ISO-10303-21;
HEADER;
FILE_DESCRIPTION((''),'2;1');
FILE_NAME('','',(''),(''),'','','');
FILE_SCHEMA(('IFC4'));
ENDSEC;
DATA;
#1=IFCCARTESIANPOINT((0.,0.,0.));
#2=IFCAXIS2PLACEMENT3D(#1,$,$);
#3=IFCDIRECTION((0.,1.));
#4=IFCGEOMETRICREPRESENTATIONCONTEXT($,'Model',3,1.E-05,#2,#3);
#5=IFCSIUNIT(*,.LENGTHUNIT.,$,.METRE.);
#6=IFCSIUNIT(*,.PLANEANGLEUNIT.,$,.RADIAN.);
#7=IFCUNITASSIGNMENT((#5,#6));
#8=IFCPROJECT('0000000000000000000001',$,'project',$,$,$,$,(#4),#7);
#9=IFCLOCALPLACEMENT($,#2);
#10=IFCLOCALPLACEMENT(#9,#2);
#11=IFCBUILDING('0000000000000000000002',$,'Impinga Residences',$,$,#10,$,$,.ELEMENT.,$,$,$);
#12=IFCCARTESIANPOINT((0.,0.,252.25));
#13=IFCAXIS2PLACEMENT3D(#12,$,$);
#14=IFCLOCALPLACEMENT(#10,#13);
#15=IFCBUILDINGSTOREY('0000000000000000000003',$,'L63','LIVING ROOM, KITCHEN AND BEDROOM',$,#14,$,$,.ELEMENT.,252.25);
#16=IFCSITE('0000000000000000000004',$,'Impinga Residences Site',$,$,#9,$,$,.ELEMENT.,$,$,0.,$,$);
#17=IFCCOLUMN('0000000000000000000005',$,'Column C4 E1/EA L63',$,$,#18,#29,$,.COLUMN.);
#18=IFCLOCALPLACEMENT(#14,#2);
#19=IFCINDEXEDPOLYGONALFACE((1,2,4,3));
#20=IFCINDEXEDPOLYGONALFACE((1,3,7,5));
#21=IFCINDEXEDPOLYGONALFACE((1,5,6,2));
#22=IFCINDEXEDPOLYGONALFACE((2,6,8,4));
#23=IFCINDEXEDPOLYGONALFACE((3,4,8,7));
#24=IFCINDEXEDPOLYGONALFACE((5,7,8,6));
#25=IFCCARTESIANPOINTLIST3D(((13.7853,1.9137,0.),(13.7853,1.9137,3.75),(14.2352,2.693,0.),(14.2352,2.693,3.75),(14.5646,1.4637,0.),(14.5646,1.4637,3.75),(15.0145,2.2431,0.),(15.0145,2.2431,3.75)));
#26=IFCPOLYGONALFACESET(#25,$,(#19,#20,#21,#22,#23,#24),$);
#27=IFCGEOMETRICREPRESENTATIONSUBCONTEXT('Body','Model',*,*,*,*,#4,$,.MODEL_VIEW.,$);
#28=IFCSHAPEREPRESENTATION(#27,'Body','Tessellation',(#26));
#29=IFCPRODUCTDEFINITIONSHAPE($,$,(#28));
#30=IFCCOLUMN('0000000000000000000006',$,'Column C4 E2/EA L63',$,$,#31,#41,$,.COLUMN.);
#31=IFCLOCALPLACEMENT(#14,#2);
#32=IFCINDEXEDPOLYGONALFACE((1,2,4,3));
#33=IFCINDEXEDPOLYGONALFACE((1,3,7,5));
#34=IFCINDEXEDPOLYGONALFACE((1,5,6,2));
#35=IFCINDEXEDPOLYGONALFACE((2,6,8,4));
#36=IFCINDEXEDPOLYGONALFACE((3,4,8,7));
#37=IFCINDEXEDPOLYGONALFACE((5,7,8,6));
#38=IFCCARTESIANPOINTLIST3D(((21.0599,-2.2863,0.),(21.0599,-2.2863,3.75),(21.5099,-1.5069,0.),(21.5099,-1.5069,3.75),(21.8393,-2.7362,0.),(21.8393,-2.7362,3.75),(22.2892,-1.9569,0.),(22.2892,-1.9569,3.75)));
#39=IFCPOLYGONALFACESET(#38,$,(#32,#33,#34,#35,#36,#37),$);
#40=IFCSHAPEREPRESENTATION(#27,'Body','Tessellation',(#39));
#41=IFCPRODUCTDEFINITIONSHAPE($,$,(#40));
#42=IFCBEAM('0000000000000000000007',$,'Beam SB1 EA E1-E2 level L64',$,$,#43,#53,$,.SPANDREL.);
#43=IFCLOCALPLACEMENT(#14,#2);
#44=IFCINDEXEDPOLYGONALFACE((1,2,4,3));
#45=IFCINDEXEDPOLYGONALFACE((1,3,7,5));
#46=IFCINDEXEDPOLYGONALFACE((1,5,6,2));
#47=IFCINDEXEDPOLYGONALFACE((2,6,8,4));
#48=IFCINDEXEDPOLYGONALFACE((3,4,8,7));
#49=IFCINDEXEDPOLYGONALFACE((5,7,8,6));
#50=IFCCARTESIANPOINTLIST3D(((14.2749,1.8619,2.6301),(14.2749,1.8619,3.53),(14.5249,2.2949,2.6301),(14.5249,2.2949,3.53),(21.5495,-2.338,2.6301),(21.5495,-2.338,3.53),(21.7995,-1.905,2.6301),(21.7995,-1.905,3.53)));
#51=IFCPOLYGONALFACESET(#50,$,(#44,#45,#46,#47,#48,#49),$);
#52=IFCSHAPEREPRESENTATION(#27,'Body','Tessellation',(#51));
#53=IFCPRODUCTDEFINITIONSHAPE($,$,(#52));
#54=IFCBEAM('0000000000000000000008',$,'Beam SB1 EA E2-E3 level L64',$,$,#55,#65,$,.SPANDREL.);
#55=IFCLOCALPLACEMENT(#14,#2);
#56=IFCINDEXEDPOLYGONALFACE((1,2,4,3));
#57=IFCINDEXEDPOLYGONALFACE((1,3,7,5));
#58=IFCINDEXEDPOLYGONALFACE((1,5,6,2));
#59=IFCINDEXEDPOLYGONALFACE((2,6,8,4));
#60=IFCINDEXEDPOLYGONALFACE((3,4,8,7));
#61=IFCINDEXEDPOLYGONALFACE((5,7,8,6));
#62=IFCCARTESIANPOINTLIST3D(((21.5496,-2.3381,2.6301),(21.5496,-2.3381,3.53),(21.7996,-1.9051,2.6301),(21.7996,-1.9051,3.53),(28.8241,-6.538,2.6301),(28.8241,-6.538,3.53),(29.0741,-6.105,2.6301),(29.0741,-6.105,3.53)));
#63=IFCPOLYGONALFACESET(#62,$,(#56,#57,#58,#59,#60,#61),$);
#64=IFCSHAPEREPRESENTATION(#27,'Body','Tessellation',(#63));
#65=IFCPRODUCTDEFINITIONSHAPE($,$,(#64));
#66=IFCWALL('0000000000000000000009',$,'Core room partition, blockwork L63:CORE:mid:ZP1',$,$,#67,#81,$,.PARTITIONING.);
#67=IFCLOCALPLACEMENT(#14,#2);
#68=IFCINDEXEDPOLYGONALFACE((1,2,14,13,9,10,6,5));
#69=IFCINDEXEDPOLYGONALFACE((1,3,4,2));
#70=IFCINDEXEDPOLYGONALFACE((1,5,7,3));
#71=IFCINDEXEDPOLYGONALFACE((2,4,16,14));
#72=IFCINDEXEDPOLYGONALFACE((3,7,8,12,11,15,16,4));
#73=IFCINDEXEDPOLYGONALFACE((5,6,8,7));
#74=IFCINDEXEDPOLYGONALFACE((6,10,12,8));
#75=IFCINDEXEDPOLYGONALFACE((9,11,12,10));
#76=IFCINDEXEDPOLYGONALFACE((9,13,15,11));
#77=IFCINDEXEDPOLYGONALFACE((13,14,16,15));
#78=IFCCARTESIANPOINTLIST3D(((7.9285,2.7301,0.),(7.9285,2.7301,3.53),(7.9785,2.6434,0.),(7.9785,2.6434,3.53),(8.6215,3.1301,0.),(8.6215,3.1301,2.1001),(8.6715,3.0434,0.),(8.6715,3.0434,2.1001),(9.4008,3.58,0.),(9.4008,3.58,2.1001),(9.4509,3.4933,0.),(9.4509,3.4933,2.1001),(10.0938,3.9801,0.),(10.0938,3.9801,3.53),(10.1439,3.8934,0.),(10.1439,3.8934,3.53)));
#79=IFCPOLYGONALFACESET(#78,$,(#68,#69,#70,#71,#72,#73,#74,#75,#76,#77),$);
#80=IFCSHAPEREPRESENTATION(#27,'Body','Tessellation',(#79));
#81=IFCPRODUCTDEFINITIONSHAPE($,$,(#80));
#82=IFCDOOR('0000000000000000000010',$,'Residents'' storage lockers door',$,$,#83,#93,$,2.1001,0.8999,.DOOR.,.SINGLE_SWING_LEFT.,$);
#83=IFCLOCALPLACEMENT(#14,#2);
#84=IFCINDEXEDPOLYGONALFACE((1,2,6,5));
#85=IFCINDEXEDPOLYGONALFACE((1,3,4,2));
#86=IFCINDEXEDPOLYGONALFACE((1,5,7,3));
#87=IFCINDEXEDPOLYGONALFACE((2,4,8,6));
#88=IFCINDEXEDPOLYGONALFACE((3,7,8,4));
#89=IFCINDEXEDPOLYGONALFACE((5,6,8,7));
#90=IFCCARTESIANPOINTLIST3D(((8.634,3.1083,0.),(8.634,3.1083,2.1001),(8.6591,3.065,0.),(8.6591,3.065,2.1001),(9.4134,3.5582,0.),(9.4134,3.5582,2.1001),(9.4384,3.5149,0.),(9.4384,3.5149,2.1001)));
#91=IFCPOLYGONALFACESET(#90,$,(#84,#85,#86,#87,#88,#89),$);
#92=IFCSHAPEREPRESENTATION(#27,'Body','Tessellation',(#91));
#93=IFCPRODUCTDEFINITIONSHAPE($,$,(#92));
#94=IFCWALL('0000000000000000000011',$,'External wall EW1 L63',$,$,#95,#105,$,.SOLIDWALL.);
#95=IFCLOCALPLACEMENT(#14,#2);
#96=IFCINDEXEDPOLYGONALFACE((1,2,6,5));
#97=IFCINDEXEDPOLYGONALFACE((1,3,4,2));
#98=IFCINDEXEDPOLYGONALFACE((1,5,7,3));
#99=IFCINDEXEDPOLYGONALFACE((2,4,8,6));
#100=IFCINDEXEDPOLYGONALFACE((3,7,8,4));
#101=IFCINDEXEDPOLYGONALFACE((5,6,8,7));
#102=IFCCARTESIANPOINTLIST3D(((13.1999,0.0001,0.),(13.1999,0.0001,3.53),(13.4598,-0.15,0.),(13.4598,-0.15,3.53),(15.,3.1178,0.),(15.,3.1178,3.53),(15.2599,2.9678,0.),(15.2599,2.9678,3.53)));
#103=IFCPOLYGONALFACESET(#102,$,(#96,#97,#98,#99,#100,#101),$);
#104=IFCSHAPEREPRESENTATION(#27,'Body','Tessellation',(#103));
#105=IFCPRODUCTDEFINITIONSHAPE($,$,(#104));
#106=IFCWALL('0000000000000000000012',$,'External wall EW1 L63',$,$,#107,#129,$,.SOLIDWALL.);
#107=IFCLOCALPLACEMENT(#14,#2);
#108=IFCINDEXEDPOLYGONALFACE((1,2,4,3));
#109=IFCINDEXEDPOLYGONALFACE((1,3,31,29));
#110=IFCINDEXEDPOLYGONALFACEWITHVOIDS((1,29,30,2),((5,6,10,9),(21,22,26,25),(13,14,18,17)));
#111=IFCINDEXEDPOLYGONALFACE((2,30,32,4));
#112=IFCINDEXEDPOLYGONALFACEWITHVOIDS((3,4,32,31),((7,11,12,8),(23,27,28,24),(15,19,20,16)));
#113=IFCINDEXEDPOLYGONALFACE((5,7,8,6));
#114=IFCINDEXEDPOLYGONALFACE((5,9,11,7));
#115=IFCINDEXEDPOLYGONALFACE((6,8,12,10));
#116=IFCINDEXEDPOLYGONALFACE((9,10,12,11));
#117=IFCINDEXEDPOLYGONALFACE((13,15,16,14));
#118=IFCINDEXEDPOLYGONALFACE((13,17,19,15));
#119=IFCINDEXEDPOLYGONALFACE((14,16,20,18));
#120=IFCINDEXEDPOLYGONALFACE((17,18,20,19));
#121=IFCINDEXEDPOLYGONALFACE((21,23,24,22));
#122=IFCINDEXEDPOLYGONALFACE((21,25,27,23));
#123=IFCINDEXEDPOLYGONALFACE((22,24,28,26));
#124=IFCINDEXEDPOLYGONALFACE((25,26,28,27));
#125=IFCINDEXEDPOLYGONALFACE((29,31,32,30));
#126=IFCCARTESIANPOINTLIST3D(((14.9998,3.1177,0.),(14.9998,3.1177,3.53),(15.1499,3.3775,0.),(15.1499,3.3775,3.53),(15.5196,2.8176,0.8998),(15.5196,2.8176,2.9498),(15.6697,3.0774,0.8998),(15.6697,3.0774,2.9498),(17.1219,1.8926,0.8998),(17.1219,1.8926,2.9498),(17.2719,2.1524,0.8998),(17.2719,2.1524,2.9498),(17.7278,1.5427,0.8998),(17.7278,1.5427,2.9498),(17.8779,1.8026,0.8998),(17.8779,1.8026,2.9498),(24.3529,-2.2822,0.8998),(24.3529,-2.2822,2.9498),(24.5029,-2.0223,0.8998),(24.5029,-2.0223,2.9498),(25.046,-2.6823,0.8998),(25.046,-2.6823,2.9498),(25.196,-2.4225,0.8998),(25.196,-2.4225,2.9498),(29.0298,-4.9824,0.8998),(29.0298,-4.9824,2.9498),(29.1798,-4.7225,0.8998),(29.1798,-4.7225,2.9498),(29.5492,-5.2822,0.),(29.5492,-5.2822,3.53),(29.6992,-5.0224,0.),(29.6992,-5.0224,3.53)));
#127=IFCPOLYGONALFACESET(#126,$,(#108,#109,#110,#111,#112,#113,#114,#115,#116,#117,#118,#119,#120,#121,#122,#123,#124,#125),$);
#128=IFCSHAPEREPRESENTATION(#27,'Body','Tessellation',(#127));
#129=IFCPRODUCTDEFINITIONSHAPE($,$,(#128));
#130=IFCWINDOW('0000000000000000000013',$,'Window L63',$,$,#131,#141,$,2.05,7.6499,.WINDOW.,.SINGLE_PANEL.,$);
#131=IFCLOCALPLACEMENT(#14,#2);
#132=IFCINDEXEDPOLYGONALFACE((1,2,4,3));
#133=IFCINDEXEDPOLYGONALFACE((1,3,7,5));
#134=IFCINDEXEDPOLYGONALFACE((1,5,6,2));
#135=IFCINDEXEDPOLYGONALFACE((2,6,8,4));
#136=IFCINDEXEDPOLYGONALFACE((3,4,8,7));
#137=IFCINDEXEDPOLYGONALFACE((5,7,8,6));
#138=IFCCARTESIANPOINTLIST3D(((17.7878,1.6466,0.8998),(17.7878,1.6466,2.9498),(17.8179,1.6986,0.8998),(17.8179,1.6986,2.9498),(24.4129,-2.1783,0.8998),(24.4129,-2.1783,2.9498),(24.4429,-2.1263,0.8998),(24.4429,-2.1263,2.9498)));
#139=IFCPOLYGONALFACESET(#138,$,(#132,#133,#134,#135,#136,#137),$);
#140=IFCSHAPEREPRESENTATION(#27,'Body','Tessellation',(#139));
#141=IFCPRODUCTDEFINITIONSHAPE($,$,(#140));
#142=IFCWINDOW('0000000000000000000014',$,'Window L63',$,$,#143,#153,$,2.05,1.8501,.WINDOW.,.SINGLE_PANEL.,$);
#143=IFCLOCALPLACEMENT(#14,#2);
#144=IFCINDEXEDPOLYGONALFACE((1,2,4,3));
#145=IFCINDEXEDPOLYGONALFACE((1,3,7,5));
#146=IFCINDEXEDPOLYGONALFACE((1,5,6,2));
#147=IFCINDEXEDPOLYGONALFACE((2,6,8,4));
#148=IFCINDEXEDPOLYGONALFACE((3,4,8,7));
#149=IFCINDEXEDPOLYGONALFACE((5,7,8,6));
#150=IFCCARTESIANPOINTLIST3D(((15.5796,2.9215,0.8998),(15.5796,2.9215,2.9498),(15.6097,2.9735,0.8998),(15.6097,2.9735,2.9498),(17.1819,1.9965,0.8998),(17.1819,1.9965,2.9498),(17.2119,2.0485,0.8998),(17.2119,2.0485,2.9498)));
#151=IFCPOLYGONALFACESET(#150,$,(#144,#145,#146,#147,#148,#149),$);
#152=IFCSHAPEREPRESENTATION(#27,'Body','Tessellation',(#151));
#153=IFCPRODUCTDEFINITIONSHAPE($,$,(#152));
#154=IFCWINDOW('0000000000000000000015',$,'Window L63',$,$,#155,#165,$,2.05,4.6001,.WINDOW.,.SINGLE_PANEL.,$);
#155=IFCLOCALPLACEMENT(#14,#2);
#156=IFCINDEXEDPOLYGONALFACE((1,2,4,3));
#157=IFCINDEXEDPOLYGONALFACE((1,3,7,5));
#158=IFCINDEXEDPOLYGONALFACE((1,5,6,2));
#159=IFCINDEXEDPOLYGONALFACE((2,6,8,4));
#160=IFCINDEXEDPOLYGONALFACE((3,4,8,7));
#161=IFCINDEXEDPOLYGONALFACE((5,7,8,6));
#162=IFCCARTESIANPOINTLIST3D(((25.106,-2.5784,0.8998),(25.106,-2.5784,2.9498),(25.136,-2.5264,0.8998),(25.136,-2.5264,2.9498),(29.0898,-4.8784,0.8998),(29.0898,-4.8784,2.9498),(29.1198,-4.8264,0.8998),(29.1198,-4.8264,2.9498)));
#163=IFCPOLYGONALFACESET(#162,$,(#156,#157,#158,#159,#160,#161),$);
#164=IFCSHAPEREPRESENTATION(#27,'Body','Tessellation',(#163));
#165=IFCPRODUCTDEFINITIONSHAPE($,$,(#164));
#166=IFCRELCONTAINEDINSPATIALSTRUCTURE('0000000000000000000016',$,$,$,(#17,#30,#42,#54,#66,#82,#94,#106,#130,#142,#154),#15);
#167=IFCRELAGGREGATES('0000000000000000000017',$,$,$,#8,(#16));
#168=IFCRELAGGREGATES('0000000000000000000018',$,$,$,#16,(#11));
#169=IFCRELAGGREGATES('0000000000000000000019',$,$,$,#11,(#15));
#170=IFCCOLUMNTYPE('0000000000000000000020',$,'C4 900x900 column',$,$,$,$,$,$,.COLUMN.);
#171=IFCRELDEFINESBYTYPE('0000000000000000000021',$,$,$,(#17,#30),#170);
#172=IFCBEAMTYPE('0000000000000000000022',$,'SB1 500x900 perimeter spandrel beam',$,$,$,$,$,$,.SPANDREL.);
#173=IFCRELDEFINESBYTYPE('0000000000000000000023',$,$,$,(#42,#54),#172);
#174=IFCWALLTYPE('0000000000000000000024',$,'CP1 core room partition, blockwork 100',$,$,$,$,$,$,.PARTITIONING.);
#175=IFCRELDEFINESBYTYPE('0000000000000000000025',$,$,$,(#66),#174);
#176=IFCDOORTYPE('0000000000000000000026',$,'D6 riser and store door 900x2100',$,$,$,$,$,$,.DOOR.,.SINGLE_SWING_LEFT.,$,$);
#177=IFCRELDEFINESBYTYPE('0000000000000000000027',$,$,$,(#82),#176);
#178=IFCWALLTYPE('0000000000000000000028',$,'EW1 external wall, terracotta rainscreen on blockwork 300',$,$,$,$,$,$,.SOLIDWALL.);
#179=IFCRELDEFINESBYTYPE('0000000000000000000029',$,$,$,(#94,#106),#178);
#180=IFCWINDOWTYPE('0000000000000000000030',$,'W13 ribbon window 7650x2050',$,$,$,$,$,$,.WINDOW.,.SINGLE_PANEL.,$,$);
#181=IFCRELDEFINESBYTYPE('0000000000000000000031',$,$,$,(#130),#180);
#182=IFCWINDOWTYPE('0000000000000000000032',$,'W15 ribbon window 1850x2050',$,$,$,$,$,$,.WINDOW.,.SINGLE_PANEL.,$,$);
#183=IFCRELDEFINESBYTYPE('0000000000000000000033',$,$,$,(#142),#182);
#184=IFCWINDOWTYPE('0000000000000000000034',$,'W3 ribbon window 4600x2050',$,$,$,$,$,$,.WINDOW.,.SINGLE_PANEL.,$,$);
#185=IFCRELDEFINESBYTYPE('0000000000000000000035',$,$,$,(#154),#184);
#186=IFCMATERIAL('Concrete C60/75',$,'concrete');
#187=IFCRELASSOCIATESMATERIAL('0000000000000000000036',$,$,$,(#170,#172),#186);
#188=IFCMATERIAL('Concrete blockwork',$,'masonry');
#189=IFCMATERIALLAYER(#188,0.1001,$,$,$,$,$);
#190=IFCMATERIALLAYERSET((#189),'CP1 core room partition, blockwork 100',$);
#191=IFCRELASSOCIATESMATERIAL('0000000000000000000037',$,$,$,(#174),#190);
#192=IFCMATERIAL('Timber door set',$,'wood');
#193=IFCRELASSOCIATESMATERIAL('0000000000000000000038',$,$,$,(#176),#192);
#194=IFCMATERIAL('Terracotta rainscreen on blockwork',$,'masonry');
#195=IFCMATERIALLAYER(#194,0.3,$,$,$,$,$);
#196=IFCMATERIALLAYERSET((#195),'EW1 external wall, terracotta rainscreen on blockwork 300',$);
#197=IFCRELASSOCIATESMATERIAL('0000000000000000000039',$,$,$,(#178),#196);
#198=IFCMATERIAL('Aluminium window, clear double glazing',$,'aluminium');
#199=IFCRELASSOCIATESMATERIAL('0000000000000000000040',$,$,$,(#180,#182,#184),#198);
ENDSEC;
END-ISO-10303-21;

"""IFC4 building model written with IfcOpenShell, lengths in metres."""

from ifc_helpers import new_model, si_unit, direction, frame, frame_2d, origin, origin_2d, place, context, subcontext, project, spatial, rectangle, extrude, material, layer, layer_set, material_profile, profile_set, type_object, element, fill, save


model = new_model("IFC4")

# Units and contexts
model_context = context("Model", 3, precision=1e-05, world=origin(), true_north=direction((0.0, 1.0)))
body_context = subcontext(model_context, "Body", "Model", "MODEL_VIEW")
ifc_project = project(units=[si_unit("LENGTHUNIT", "METRE"), si_unit("PLANEANGLEUNIT", "RADIAN")], contexts=[model_context])

# Site, building, storey
site_placement = place(None, origin())
site = spatial("IfcSite", under=ifc_project, at=site_placement, Name="Impinga Residences Site", CompositionType="ELEMENT", RefElevation=0.0)
building_placement = place(site_placement, origin())
building = spatial("IfcBuilding", under=site, at=building_placement, Name="Impinga Residences", CompositionType="ELEMENT")
storey_placement = place(building_placement, frame((0.0, 0.0, 252.25)))
storey = spatial("IfcBuildingStorey", under=building, at=storey_placement, Name="L63", Description="LIVING ROOM, KITCHEN AND BEDROOM", CompositionType="ELEMENT", Elevation=252.25)

# Columns
ifc_material_1 = material(Name="Concrete C60/75", Category="concrete")
ifc_material_profile_1 = material_profile(ifc_material_1, rectangle(XDim=0.8999, YDim=0.8999, at=origin_2d()), Name="RC 900x900")
ifc_profile_set_1 = profile_set([ifc_material_profile_1], Name="Concrete C60/75")
column_type = type_object("IfcColumnType", Name="C4 900x900 column", PredefinedType="COLUMN", material=ifc_profile_set_1)
for number, where, z_axis, x_axis, name in (
    (1, (14.3999, 2.0784, 0.0), (0.0, 0.0, 1.0), (-0.5, -0.866025, 0.0), "Column C4 E1/EA L63"),
    (2, (21.6746, -2.1216, 0.0), (0.0, 0.0, 1.0), (-0.5, -0.866025, 0.0), "Column C4 E2/EA L63"),
):
    element("IfcColumn", number, at=place(storey_placement, frame(where, z_axis=z_axis, x_axis=x_axis)), inside=storey, type_object=column_type, Name=name, PredefinedType="COLUMN", context=body_context, shape_type="SweptSolid", body=[
        extrude(rectangle(XDim=0.8999, YDim=0.8999, at=origin_2d()), origin(), (0.0, 0.0, 1.0), 3.75),
    ])

# Beams
ifc_material_profile_2 = material_profile(ifc_material_1, rectangle(XDim=0.5, YDim=0.8999, at=origin_2d()), Name="RC 500x900")
ifc_profile_set_2 = profile_set([ifc_material_profile_2], Name="Concrete C60/75")
beam_type = type_object("IfcBeamType", Name="SB1 500x900 perimeter spandrel beam", PredefinedType="SPANDREL", material=ifc_profile_set_2)
for number, where, z_axis, x_axis, name in (
    (3, (14.3999, 2.0784, 3.0801), (0.866029, -0.499993, 0.0), (0.499993, 0.866029, 0.0), "Beam SB1 EA E1-E2 level L64"),
    (4, (21.6746, -2.1216, 3.0801), (0.866029, -0.499993, 0.0), (0.499993, 0.866029, 0.0), "Beam SB1 EA E2-E3 level L64"),
):
    element("IfcBeam", number, at=place(storey_placement, frame(where, z_axis=z_axis, x_axis=x_axis)), inside=storey, type_object=beam_type, Name=name, PredefinedType="SPANDREL", context=body_context, shape_type="SweptSolid", body=[
        extrude(rectangle(XDim=0.5, YDim=0.8999, at=origin_2d()), origin(), (0.0, 0.0, 1.0), 8.3999),
    ])

# Wall, opening, door
ifc_material_2 = material(Name="Concrete blockwork", Category="masonry")
ifc_layer_1 = layer(ifc_material_2, 0.1001)
ifc_layer_set_1 = layer_set([ifc_layer_1], Name="CP1 core room partition, blockwork 100")
wall_type_1 = type_object("IfcWallType", Name="CP1 core room partition, blockwork 100", PredefinedType="PARTITIONING", material=ifc_layer_set_1)
wall_1_placement = place(storey_placement, frame((7.9536, 2.6868, 0.0), z_axis=(0.0, 0.0, 1.0), x_axis=(0.866047, 0.499962, 0.0)))
wall_1 = element("IfcWall", 5, at=wall_1_placement, inside=storey, type_object=wall_type_1, Name="Core room partition, blockwork L63:CORE:mid:ZP1", PredefinedType="PARTITIONING", context=body_context, shape_type="SweptSolid", body=[
    extrude(rectangle(XDim=2.5002, YDim=0.1001, at=frame_2d((1.25, 0.0))), origin(), (0.0, 0.0, 1.0), 3.53),
])
opening_1_placement = place(wall_1_placement, frame((0.8, 0.0, 0.0)))
opening_1 = element("IfcOpeningElement", 6, at=opening_1_placement, cuts=wall_1, PredefinedType="OPENING", context=body_context, shape_type="SweptSolid", body=[
    extrude(rectangle(XDim=0.8999, YDim=2.1001, at=frame_2d((0.45, 1.05))), frame((0.0, 0.0601, 0.0), z_axis=(0.0, -1.0, 0.0), x_axis=(1.0, 0.0, 0.0)), (0.0, 0.0, 1.0), 0.1201),
])
ifc_material_3 = material(Name="Timber door set", Category="wood")
door_type_1 = type_object("IfcDoorType", Name="D6 riser and store door 900x2100", OperationType="SINGLE_SWING_LEFT", PredefinedType="DOOR", material=ifc_material_3)
door_1_placement = place(opening_1_placement, origin())
door_1 = element("IfcDoor", 7, at=door_1_placement, inside=storey, type_object=door_type_1, Name="Residents' storage lockers door", OperationType="SINGLE_SWING_LEFT", OverallHeight=2.1001, OverallWidth=0.8999, PredefinedType="DOOR", context=body_context, shape_type="SweptSolid", body=[
    extrude(rectangle(XDim=0.8999, YDim=2.1001, at=frame_2d((0.45, 1.05))), frame((0.0, 0.0249, 0.0), z_axis=(0.0, -1.0, 0.0), x_axis=(1.0, 0.0, 0.0)), (0.0, 0.0, 1.0), 0.05),
])
fill(opening_1, door_1)

# Wall
ifc_material_4 = material(Name="Terracotta rainscreen on blockwork", Category="masonry")
ifc_layer_2 = layer(ifc_material_4, 0.3)
ifc_layer_set_2 = layer_set([ifc_layer_2], Name="EW1 external wall, terracotta rainscreen on blockwork 300")
wall_type_2 = type_object("IfcWallType", Name="EW1 external wall, terracotta rainscreen on blockwork 300", PredefinedType="SOLIDWALL", material=ifc_layer_set_2)
wall_2_placement = place(storey_placement, frame((13.3298, -0.075, 0.0), z_axis=(0.0, 0.0, 1.0), x_axis=(0.500012, 0.866018, 0.0)))
element("IfcWall", 8, at=wall_2_placement, inside=storey, type_object=wall_type_2, Name="External wall EW1 L63", PredefinedType="SOLIDWALL", context=body_context, shape_type="SweptSolid", body=[
    extrude(rectangle(XDim=3.6001, YDim=0.3, at=frame_2d((1.8, 0.0))), origin(), (0.0, 0.0, 1.0), 3.53),
])

# Wall, openings, windows
wall_3_placement = place(storey_placement, frame((15.075, 3.2476, 0.0), z_axis=(0.0, 0.0, 1.0), x_axis=(0.866029, -0.499993, 0.0)))
wall_3 = element("IfcWall", 9, at=wall_3_placement, inside=storey, type_object=wall_type_2, Name="External wall EW1 L63", PredefinedType="SOLIDWALL", context=body_context, shape_type="SweptSolid", body=[
    extrude(rectangle(XDim=16.8, YDim=0.3, at=frame_2d((8.3999, 0.0))), origin(), (0.0, 0.0, 1.0), 3.53),
])
opening_2_placement = place(wall_3_placement, frame((0.6001, 0.0, 0.8999)))
opening_2 = element("IfcOpeningElement", 10, at=opening_2_placement, cuts=wall_3, PredefinedType="OPENING", context=body_context, shape_type="SweptSolid", body=[
    extrude(rectangle(XDim=1.8501, YDim=2.05, at=frame_2d((0.925, 1.0249))), frame((0.0, 0.1599, 0.0), z_axis=(0.0, -1.0, 0.0), x_axis=(1.0, 0.0, 0.0)), (0.0, 0.0, 1.0), 0.3201),
])
opening_3_placement = place(wall_3_placement, frame((3.1499, 0.0, 0.8999)))
opening_3 = element("IfcOpeningElement", 11, at=opening_3_placement, cuts=wall_3, PredefinedType="OPENING", context=body_context, shape_type="SweptSolid", body=[
    extrude(rectangle(XDim=7.6499, YDim=2.05, at=frame_2d((3.825, 1.0249))), frame((0.0, 0.1599, 0.0), z_axis=(0.0, -1.0, 0.0), x_axis=(1.0, 0.0, 0.0)), (0.0, 0.0, 1.0), 0.3201),
])
opening_4_placement = place(wall_3_placement, frame((11.6001, 0.0, 0.8999)))
opening_4 = element("IfcOpeningElement", 12, at=opening_4_placement, cuts=wall_3, PredefinedType="OPENING", context=body_context, shape_type="SweptSolid", body=[
    extrude(rectangle(XDim=4.6001, YDim=2.05, at=frame_2d((2.3, 1.0249))), frame((0.0, 0.1599, 0.0), z_axis=(0.0, -1.0, 0.0), x_axis=(1.0, 0.0, 0.0)), (0.0, 0.0, 1.0), 0.3201),
])
ifc_material_5 = material(Name="Aluminium window, clear double glazing", Category="aluminium")
window_type_1 = type_object("IfcWindowType", Name="W13 ribbon window 7650x2050", PartitioningType="SINGLE_PANEL", PredefinedType="WINDOW", material=ifc_material_5)
window_1_placement = place(opening_3_placement, origin())
window_1 = element("IfcWindow", 13, at=window_1_placement, inside=storey, type_object=window_type_1, Name="Window L63", OverallHeight=2.05, OverallWidth=7.6499, PartitioningType="SINGLE_PANEL", PredefinedType="WINDOW", context=body_context, shape_type="SweptSolid", body=[
    extrude(rectangle(XDim=7.6499, YDim=2.05, at=frame_2d((3.825, 1.0249))), frame((0.0, 0.03, 0.0), z_axis=(0.0, -1.0, 0.0), x_axis=(1.0, 0.0, 0.0)), (0.0, 0.0, 1.0), 0.0601),
])
fill(opening_3, window_1)
window_type_2 = type_object("IfcWindowType", Name="W15 ribbon window 1850x2050", PartitioningType="SINGLE_PANEL", PredefinedType="WINDOW", material=ifc_material_5)
window_2_placement = place(opening_2_placement, origin())
window_2 = element("IfcWindow", 14, at=window_2_placement, inside=storey, type_object=window_type_2, Name="Window L63", OverallHeight=2.05, OverallWidth=1.8501, PartitioningType="SINGLE_PANEL", PredefinedType="WINDOW", context=body_context, shape_type="SweptSolid", body=[
    extrude(rectangle(XDim=1.8501, YDim=2.05, at=frame_2d((0.925, 1.0249))), frame((0.0, 0.03, 0.0), z_axis=(0.0, -1.0, 0.0), x_axis=(1.0, 0.0, 0.0)), (0.0, 0.0, 1.0), 0.0601),
])
fill(opening_2, window_2)
window_type_3 = type_object("IfcWindowType", Name="W3 ribbon window 4600x2050", PartitioningType="SINGLE_PANEL", PredefinedType="WINDOW", material=ifc_material_5)
window_3_placement = place(opening_4_placement, origin())
window_3 = element("IfcWindow", 15, at=window_3_placement, inside=storey, type_object=window_type_3, Name="Window L63", OverallHeight=2.05, OverallWidth=4.6001, PartitioningType="SINGLE_PANEL", PredefinedType="WINDOW", context=body_context, shape_type="SweptSolid", body=[
    extrude(rectangle(XDim=4.6001, YDim=2.05, at=frame_2d((2.3, 1.0249))), frame((0.0, 0.03, 0.0), z_axis=(0.0, -1.0, 0.0), x_axis=(1.0, 0.0, 0.0)), (0.0, 0.0, 1.0), 0.0601),
])
fill(opening_4, window_3)

save(model, "model.ifc")
